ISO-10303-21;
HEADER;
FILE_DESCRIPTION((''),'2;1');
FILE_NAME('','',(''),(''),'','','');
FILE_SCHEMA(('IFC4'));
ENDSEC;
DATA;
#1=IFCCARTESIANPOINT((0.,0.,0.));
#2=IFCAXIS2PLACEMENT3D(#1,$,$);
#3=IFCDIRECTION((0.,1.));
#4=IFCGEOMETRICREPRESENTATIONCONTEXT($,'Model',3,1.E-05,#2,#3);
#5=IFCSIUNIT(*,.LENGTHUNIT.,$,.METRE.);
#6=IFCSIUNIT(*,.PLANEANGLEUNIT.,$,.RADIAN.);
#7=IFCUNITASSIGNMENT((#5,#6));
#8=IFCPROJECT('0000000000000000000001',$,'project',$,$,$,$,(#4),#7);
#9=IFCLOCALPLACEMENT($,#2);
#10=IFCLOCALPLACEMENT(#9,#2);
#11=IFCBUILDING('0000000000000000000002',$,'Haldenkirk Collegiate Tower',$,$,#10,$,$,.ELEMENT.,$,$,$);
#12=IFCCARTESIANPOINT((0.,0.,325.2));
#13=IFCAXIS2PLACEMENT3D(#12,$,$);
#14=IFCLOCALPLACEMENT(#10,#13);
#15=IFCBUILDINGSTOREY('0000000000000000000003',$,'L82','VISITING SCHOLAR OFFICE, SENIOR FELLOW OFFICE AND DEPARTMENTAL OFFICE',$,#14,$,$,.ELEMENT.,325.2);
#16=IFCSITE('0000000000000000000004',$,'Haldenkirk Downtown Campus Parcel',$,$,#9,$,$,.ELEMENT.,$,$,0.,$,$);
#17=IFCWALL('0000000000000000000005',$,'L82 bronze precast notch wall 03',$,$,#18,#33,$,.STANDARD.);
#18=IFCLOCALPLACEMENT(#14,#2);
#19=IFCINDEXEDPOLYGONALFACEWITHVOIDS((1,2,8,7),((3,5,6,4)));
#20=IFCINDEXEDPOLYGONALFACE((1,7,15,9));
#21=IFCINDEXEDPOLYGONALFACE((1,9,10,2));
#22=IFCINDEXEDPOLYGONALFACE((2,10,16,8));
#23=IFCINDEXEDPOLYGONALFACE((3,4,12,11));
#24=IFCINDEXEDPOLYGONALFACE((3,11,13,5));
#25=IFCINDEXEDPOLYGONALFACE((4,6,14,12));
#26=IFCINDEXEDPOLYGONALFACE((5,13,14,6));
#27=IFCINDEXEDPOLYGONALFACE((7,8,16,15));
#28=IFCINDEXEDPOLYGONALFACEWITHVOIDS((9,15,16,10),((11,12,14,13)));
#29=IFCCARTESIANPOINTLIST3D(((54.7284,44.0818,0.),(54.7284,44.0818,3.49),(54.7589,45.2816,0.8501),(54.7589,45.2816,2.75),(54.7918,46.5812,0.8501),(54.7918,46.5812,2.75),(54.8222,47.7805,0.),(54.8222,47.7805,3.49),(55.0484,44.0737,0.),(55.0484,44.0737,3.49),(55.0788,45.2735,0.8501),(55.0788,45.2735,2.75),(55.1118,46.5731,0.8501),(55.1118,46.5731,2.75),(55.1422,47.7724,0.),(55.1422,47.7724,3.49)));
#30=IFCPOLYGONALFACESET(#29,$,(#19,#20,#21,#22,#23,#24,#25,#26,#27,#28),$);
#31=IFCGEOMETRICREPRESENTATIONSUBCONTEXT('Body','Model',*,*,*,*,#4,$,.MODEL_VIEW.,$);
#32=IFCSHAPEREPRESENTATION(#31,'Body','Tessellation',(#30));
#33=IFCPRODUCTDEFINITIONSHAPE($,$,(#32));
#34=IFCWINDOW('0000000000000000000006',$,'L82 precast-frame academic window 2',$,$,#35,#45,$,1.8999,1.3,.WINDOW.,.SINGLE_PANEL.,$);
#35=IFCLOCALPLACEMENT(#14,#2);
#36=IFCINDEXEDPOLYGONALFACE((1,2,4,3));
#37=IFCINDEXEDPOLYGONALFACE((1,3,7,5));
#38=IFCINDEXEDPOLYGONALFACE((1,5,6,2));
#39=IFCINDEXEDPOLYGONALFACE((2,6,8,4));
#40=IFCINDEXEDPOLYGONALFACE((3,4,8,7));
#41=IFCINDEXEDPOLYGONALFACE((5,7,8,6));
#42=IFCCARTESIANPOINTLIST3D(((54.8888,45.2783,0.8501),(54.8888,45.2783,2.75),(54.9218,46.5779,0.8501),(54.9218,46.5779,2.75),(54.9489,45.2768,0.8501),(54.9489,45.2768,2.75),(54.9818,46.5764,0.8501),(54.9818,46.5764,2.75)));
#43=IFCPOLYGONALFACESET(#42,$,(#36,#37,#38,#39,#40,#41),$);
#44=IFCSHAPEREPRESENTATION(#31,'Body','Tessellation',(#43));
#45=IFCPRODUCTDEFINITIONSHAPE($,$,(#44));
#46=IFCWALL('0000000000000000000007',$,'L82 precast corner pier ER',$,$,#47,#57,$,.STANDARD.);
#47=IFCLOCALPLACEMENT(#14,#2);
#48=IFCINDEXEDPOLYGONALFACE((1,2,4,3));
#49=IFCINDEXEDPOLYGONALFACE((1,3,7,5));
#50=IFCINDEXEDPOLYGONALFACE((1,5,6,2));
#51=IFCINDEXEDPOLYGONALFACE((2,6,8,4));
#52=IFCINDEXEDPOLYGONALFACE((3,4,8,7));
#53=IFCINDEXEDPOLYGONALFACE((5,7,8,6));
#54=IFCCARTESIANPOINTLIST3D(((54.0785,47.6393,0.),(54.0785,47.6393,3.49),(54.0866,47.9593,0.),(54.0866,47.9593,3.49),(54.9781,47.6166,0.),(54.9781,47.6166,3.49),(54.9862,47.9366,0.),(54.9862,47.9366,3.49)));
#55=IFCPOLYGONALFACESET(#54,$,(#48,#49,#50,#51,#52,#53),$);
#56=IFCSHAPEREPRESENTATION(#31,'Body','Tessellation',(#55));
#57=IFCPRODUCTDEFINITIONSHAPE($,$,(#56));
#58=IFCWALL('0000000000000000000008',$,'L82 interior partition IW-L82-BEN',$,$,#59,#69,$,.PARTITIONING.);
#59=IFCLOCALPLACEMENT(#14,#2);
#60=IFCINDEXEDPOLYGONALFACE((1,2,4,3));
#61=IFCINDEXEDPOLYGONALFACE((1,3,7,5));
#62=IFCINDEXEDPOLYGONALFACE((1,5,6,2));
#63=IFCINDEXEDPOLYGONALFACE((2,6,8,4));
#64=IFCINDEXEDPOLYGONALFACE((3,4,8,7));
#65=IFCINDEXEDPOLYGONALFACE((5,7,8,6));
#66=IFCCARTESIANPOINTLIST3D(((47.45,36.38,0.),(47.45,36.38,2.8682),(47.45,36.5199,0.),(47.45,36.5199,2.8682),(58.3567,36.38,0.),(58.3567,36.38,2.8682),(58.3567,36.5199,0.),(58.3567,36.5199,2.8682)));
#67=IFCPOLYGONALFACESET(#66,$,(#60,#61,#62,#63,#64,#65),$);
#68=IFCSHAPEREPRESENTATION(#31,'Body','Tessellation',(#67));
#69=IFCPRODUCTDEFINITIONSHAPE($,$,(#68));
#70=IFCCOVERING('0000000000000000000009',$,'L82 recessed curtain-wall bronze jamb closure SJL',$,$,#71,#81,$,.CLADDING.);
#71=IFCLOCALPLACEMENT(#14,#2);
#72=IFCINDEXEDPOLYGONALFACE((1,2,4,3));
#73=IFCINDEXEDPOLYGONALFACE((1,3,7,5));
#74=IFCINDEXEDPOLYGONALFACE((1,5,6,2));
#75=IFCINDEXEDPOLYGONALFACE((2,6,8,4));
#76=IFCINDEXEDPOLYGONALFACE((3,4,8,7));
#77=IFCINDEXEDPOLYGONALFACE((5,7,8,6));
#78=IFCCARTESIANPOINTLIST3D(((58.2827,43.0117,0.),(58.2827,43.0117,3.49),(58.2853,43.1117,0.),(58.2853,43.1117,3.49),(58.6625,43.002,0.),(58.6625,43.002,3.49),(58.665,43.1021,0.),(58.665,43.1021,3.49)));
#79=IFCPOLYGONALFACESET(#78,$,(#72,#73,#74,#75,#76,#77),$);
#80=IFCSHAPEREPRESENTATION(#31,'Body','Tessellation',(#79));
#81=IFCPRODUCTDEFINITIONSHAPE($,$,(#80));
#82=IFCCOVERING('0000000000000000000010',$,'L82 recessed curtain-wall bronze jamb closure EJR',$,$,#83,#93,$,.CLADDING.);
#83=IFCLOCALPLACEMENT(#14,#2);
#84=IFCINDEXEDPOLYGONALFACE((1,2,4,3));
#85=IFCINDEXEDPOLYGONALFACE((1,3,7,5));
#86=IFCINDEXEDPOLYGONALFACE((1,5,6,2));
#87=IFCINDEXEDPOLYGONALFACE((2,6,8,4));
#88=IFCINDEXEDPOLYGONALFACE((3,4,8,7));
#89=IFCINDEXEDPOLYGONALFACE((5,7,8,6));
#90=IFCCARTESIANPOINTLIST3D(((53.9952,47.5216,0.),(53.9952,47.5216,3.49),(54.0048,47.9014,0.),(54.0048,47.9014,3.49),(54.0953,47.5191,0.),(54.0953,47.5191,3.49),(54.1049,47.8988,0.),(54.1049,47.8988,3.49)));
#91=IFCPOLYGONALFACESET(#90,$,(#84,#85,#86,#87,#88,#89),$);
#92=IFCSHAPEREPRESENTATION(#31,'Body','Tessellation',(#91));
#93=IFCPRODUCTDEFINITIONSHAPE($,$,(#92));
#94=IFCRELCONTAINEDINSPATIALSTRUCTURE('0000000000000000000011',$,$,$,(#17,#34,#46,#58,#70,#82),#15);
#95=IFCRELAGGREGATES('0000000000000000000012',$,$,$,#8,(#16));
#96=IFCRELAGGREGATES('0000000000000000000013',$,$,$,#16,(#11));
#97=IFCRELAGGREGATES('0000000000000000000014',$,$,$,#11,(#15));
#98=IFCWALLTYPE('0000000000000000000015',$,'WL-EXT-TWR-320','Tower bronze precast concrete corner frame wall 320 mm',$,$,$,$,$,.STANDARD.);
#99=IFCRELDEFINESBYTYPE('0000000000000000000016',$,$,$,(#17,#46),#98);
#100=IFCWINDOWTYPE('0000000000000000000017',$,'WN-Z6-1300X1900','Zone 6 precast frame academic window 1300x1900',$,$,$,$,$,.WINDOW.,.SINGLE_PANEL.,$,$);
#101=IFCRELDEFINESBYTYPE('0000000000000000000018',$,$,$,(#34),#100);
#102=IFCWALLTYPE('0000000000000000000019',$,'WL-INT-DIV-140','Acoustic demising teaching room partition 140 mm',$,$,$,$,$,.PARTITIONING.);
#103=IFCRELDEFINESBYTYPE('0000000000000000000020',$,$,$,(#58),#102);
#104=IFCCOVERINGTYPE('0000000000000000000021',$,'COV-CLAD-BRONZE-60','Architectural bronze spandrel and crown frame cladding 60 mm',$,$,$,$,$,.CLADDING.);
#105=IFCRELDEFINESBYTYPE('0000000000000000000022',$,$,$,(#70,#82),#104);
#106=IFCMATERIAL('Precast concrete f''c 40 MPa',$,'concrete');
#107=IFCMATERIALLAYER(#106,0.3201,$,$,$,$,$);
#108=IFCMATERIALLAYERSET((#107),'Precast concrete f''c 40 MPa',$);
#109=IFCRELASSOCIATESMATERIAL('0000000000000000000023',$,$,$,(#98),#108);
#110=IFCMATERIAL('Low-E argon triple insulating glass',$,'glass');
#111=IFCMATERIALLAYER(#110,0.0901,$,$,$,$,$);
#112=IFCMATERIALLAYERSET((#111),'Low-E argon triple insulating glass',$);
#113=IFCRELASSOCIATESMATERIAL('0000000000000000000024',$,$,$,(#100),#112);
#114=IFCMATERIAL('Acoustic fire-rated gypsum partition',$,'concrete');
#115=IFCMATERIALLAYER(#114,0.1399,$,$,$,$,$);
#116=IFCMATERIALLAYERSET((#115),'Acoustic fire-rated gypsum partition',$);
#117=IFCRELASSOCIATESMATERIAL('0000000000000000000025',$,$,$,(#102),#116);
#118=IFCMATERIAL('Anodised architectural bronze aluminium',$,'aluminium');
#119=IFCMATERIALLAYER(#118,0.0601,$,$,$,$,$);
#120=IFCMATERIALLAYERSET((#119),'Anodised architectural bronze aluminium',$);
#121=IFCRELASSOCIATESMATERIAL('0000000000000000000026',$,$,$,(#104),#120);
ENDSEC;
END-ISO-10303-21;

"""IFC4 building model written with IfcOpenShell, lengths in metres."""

from ifc_helpers import new_model, si_unit, direction, frame, frame_2d, origin, origin_2d, place, context, subcontext, project, spatial, rectangle, extrude, source, transform, mapped, material, layer, layer_set, type_object, element, fill, save


model = new_model("IFC4")

# Units and contexts
model_context = context("Model", 3, precision=1e-05, world=origin(), true_north=direction((0.0, 1.0)))
body_context = subcontext(model_context, "Body", "Model", "MODEL_VIEW")
ifc_project = project(units=[si_unit("LENGTHUNIT", "METRE"), si_unit("PLANEANGLEUNIT", "RADIAN")], contexts=[model_context])

# Site, building, storey
site_placement = place(None, origin())
site = spatial("IfcSite", under=ifc_project, at=site_placement, Name="Haldenkirk Downtown Campus Parcel", CompositionType="ELEMENT", RefElevation=0.0)
building_placement = place(site_placement, origin())
building = spatial("IfcBuilding", under=site, at=building_placement, Name="Haldenkirk Collegiate Tower", CompositionType="ELEMENT")
storey_placement = place(building_placement, frame((0.0, 0.0, 325.2)))
storey = spatial("IfcBuildingStorey", under=building, at=storey_placement, Name="L82", Description="VISITING SCHOLAR OFFICE, SENIOR FELLOW OFFICE AND DEPARTMENTAL OFFICE", CompositionType="ELEMENT", Elevation=325.2)

# Shared definitions
ifc_material_1 = material(Name="Anodised architectural bronze aluminium", Category="aluminium")

# Shared definitions
ifc_material_2 = material(Name="Low-E argon triple insulating glass", Category="glass")

# Shared definitions
ifc_material_3 = material(Name="Precast concrete f'c 40 MPa", Category="concrete")
ifc_layer_1 = layer(ifc_material_3, 0.3201)
ifc_layer_set_1 = layer_set([ifc_layer_1], Name="Precast concrete f'c 40 MPa")
wall_type_1 = type_object("IfcWallType", Name="WL-EXT-TWR-320", Description="Tower bronze precast concrete corner frame wall 320 mm", PredefinedType="STANDARD", material=ifc_layer_set_1)

# Wall, opening, window
wall_1_placement = place(storey_placement, frame((54.9822, 47.7766, 0.0), z_axis=(0.0, 0.0, 1.0), x_axis=(-0.025338, -0.999679, 0.0)))
wall_1 = element("IfcWall", 1, at=wall_1_placement, inside=storey, type_object=wall_type_1, Name="L82 bronze precast notch wall 03", PredefinedType="STANDARD", context=body_context, shape_type="SweptSolid", body=[
    extrude(rectangle(XDim=3.7, YDim=0.3201, at=frame_2d((1.8501, 0.0))), origin(), (0.0, 0.0, 1.0), 3.49),
])
opening_placement = place(wall_1_placement, frame((1.2, 0.0, 0.8501)))
opening = element("IfcOpeningElement", 2, at=opening_placement, cuts=wall_1, PredefinedType="OPENING", context=body_context, shape_type="SweptSolid", body=[
    extrude(rectangle(XDim=1.3, YDim=1.8999, at=frame_2d((0.6499, 0.95))), frame((0.0, 0.1699, 0.0), z_axis=(0.0, -1.0, 0.0), x_axis=(1.0, 0.0, 0.0)), (0.0, 0.0, 1.0), 0.3401),
])
ifc_layer_2 = layer(ifc_material_2, 0.0901)
ifc_layer_set_2 = layer_set([ifc_layer_2], Name="Low-E argon triple insulating glass")
window_type = type_object("IfcWindowType", Name="WN-Z6-1300X1900", Description="Zone 6 precast frame academic window 1300x1900", PartitioningType="SINGLE_PANEL", PredefinedType="WINDOW", material=ifc_layer_set_2)
window_placement = place(opening_placement, origin())
window = element("IfcWindow", 3, at=window_placement, inside=storey, type_object=window_type, Name="L82 precast-frame academic window 2", OverallHeight=1.8999, OverallWidth=1.3, PartitioningType="SINGLE_PANEL", PredefinedType="WINDOW", context=body_context, shape_type="SweptSolid", body=[
    extrude(rectangle(XDim=1.3, YDim=1.8999, at=frame_2d((0.6499, 0.95))), frame((0.0, 0.03, 0.0), z_axis=(0.0, -1.0, 0.0), x_axis=(1.0, 0.0, 0.0)), (0.0, 0.0, 1.0), 0.0601),
])
fill(opening, window)

# Walls
wall_2_placement = place(storey_placement, frame((54.0825, 47.7993, 0.0), z_axis=(0.0, 0.0, 1.0), x_axis=(0.999682, -0.025229, 0.0)))
element("IfcWall", 4, at=wall_2_placement, inside=storey, type_object=wall_type_1, Name="L82 precast corner pier ER", PredefinedType="STANDARD", context=body_context, shape_type="SweptSolid", body=[
    extrude(rectangle(XDim=0.8999, YDim=0.3201, at=frame_2d((0.45, 0.0))), origin(), (0.0, 0.0, 1.0), 3.49),
])
ifc_material_4 = material(Name="Acoustic fire-rated gypsum partition", Category="concrete")
ifc_layer_3 = layer(ifc_material_4, 0.1399)
ifc_layer_set_3 = layer_set([ifc_layer_3], Name="Acoustic fire-rated gypsum partition")
wall_type_2 = type_object("IfcWallType", Name="WL-INT-DIV-140", Description="Acoustic demising teaching room partition 140 mm", PredefinedType="PARTITIONING", material=ifc_layer_set_3)
wall_3_placement = place(storey_placement, frame((47.45, 36.45, 0.0), z_axis=(0.0, 0.0, 1.0), x_axis=(1.0, 0.0, 0.0)))
element("IfcWall", 5, at=wall_3_placement, inside=storey, type_object=wall_type_2, Name="L82 interior partition IW-L82-BEN", PredefinedType="PARTITIONING", context=body_context, shape_type="SweptSolid", body=[
    extrude(rectangle(XDim=10.9067, YDim=0.1399, at=frame_2d((5.4534, 0.0))), origin(), (0.0, 0.0, 1.0), 2.8682),
])

# Coverings
ifc_layer_4 = layer(ifc_material_1, 0.0601)
ifc_layer_set_4 = layer_set([ifc_layer_4], Name="Anodised architectural bronze aluminium")
covering_type = type_object("IfcCoveringType", Name="COV-CLAD-BRONZE-60", Description="Architectural bronze spandrel and crown frame cladding 60 mm", PredefinedType="CLADDING", material=ifc_layer_set_4)
shared_shape_1 = source(origin(), body_context, "Body", "SweptSolid", [
    extrude(rectangle(XDim=0.1001, YDim=0.3799, at=origin_2d()), origin(), (0.0, 0.0, 1.0), 3.49),
])
for number, where, z_axis, x_axis, name in (
    (6, (58.4739, 43.0569, 0.0), (0.0, 0.0, 1.0), (-0.025305, -0.99968, 0.0), "L82 recessed curtain-wall bronze jamb closure SJL"),
    (7, (54.05, 47.7102, 0.0), (0.0, 0.0, 1.0), (0.99968, -0.025305, 0.0), "L82 recessed curtain-wall bronze jamb closure EJR"),
):
    element("IfcCovering", number, at=place(storey_placement, frame(where, z_axis=z_axis, x_axis=x_axis)), inside=storey, type_object=covering_type, Name=name, PredefinedType="CLADDING", context=body_context, shape_type="MappedRepresentation", body=[
        mapped(shared_shape_1, transform((0.0, 0.0, 0.0), x_axis=(1.0, 0.0, 0.0), y_axis=(0.0, 1.0, 0.0), z_axis=(0.0, 0.0, 1.0), scale=1.0)),
    ])

save(model, "model.ifc")
